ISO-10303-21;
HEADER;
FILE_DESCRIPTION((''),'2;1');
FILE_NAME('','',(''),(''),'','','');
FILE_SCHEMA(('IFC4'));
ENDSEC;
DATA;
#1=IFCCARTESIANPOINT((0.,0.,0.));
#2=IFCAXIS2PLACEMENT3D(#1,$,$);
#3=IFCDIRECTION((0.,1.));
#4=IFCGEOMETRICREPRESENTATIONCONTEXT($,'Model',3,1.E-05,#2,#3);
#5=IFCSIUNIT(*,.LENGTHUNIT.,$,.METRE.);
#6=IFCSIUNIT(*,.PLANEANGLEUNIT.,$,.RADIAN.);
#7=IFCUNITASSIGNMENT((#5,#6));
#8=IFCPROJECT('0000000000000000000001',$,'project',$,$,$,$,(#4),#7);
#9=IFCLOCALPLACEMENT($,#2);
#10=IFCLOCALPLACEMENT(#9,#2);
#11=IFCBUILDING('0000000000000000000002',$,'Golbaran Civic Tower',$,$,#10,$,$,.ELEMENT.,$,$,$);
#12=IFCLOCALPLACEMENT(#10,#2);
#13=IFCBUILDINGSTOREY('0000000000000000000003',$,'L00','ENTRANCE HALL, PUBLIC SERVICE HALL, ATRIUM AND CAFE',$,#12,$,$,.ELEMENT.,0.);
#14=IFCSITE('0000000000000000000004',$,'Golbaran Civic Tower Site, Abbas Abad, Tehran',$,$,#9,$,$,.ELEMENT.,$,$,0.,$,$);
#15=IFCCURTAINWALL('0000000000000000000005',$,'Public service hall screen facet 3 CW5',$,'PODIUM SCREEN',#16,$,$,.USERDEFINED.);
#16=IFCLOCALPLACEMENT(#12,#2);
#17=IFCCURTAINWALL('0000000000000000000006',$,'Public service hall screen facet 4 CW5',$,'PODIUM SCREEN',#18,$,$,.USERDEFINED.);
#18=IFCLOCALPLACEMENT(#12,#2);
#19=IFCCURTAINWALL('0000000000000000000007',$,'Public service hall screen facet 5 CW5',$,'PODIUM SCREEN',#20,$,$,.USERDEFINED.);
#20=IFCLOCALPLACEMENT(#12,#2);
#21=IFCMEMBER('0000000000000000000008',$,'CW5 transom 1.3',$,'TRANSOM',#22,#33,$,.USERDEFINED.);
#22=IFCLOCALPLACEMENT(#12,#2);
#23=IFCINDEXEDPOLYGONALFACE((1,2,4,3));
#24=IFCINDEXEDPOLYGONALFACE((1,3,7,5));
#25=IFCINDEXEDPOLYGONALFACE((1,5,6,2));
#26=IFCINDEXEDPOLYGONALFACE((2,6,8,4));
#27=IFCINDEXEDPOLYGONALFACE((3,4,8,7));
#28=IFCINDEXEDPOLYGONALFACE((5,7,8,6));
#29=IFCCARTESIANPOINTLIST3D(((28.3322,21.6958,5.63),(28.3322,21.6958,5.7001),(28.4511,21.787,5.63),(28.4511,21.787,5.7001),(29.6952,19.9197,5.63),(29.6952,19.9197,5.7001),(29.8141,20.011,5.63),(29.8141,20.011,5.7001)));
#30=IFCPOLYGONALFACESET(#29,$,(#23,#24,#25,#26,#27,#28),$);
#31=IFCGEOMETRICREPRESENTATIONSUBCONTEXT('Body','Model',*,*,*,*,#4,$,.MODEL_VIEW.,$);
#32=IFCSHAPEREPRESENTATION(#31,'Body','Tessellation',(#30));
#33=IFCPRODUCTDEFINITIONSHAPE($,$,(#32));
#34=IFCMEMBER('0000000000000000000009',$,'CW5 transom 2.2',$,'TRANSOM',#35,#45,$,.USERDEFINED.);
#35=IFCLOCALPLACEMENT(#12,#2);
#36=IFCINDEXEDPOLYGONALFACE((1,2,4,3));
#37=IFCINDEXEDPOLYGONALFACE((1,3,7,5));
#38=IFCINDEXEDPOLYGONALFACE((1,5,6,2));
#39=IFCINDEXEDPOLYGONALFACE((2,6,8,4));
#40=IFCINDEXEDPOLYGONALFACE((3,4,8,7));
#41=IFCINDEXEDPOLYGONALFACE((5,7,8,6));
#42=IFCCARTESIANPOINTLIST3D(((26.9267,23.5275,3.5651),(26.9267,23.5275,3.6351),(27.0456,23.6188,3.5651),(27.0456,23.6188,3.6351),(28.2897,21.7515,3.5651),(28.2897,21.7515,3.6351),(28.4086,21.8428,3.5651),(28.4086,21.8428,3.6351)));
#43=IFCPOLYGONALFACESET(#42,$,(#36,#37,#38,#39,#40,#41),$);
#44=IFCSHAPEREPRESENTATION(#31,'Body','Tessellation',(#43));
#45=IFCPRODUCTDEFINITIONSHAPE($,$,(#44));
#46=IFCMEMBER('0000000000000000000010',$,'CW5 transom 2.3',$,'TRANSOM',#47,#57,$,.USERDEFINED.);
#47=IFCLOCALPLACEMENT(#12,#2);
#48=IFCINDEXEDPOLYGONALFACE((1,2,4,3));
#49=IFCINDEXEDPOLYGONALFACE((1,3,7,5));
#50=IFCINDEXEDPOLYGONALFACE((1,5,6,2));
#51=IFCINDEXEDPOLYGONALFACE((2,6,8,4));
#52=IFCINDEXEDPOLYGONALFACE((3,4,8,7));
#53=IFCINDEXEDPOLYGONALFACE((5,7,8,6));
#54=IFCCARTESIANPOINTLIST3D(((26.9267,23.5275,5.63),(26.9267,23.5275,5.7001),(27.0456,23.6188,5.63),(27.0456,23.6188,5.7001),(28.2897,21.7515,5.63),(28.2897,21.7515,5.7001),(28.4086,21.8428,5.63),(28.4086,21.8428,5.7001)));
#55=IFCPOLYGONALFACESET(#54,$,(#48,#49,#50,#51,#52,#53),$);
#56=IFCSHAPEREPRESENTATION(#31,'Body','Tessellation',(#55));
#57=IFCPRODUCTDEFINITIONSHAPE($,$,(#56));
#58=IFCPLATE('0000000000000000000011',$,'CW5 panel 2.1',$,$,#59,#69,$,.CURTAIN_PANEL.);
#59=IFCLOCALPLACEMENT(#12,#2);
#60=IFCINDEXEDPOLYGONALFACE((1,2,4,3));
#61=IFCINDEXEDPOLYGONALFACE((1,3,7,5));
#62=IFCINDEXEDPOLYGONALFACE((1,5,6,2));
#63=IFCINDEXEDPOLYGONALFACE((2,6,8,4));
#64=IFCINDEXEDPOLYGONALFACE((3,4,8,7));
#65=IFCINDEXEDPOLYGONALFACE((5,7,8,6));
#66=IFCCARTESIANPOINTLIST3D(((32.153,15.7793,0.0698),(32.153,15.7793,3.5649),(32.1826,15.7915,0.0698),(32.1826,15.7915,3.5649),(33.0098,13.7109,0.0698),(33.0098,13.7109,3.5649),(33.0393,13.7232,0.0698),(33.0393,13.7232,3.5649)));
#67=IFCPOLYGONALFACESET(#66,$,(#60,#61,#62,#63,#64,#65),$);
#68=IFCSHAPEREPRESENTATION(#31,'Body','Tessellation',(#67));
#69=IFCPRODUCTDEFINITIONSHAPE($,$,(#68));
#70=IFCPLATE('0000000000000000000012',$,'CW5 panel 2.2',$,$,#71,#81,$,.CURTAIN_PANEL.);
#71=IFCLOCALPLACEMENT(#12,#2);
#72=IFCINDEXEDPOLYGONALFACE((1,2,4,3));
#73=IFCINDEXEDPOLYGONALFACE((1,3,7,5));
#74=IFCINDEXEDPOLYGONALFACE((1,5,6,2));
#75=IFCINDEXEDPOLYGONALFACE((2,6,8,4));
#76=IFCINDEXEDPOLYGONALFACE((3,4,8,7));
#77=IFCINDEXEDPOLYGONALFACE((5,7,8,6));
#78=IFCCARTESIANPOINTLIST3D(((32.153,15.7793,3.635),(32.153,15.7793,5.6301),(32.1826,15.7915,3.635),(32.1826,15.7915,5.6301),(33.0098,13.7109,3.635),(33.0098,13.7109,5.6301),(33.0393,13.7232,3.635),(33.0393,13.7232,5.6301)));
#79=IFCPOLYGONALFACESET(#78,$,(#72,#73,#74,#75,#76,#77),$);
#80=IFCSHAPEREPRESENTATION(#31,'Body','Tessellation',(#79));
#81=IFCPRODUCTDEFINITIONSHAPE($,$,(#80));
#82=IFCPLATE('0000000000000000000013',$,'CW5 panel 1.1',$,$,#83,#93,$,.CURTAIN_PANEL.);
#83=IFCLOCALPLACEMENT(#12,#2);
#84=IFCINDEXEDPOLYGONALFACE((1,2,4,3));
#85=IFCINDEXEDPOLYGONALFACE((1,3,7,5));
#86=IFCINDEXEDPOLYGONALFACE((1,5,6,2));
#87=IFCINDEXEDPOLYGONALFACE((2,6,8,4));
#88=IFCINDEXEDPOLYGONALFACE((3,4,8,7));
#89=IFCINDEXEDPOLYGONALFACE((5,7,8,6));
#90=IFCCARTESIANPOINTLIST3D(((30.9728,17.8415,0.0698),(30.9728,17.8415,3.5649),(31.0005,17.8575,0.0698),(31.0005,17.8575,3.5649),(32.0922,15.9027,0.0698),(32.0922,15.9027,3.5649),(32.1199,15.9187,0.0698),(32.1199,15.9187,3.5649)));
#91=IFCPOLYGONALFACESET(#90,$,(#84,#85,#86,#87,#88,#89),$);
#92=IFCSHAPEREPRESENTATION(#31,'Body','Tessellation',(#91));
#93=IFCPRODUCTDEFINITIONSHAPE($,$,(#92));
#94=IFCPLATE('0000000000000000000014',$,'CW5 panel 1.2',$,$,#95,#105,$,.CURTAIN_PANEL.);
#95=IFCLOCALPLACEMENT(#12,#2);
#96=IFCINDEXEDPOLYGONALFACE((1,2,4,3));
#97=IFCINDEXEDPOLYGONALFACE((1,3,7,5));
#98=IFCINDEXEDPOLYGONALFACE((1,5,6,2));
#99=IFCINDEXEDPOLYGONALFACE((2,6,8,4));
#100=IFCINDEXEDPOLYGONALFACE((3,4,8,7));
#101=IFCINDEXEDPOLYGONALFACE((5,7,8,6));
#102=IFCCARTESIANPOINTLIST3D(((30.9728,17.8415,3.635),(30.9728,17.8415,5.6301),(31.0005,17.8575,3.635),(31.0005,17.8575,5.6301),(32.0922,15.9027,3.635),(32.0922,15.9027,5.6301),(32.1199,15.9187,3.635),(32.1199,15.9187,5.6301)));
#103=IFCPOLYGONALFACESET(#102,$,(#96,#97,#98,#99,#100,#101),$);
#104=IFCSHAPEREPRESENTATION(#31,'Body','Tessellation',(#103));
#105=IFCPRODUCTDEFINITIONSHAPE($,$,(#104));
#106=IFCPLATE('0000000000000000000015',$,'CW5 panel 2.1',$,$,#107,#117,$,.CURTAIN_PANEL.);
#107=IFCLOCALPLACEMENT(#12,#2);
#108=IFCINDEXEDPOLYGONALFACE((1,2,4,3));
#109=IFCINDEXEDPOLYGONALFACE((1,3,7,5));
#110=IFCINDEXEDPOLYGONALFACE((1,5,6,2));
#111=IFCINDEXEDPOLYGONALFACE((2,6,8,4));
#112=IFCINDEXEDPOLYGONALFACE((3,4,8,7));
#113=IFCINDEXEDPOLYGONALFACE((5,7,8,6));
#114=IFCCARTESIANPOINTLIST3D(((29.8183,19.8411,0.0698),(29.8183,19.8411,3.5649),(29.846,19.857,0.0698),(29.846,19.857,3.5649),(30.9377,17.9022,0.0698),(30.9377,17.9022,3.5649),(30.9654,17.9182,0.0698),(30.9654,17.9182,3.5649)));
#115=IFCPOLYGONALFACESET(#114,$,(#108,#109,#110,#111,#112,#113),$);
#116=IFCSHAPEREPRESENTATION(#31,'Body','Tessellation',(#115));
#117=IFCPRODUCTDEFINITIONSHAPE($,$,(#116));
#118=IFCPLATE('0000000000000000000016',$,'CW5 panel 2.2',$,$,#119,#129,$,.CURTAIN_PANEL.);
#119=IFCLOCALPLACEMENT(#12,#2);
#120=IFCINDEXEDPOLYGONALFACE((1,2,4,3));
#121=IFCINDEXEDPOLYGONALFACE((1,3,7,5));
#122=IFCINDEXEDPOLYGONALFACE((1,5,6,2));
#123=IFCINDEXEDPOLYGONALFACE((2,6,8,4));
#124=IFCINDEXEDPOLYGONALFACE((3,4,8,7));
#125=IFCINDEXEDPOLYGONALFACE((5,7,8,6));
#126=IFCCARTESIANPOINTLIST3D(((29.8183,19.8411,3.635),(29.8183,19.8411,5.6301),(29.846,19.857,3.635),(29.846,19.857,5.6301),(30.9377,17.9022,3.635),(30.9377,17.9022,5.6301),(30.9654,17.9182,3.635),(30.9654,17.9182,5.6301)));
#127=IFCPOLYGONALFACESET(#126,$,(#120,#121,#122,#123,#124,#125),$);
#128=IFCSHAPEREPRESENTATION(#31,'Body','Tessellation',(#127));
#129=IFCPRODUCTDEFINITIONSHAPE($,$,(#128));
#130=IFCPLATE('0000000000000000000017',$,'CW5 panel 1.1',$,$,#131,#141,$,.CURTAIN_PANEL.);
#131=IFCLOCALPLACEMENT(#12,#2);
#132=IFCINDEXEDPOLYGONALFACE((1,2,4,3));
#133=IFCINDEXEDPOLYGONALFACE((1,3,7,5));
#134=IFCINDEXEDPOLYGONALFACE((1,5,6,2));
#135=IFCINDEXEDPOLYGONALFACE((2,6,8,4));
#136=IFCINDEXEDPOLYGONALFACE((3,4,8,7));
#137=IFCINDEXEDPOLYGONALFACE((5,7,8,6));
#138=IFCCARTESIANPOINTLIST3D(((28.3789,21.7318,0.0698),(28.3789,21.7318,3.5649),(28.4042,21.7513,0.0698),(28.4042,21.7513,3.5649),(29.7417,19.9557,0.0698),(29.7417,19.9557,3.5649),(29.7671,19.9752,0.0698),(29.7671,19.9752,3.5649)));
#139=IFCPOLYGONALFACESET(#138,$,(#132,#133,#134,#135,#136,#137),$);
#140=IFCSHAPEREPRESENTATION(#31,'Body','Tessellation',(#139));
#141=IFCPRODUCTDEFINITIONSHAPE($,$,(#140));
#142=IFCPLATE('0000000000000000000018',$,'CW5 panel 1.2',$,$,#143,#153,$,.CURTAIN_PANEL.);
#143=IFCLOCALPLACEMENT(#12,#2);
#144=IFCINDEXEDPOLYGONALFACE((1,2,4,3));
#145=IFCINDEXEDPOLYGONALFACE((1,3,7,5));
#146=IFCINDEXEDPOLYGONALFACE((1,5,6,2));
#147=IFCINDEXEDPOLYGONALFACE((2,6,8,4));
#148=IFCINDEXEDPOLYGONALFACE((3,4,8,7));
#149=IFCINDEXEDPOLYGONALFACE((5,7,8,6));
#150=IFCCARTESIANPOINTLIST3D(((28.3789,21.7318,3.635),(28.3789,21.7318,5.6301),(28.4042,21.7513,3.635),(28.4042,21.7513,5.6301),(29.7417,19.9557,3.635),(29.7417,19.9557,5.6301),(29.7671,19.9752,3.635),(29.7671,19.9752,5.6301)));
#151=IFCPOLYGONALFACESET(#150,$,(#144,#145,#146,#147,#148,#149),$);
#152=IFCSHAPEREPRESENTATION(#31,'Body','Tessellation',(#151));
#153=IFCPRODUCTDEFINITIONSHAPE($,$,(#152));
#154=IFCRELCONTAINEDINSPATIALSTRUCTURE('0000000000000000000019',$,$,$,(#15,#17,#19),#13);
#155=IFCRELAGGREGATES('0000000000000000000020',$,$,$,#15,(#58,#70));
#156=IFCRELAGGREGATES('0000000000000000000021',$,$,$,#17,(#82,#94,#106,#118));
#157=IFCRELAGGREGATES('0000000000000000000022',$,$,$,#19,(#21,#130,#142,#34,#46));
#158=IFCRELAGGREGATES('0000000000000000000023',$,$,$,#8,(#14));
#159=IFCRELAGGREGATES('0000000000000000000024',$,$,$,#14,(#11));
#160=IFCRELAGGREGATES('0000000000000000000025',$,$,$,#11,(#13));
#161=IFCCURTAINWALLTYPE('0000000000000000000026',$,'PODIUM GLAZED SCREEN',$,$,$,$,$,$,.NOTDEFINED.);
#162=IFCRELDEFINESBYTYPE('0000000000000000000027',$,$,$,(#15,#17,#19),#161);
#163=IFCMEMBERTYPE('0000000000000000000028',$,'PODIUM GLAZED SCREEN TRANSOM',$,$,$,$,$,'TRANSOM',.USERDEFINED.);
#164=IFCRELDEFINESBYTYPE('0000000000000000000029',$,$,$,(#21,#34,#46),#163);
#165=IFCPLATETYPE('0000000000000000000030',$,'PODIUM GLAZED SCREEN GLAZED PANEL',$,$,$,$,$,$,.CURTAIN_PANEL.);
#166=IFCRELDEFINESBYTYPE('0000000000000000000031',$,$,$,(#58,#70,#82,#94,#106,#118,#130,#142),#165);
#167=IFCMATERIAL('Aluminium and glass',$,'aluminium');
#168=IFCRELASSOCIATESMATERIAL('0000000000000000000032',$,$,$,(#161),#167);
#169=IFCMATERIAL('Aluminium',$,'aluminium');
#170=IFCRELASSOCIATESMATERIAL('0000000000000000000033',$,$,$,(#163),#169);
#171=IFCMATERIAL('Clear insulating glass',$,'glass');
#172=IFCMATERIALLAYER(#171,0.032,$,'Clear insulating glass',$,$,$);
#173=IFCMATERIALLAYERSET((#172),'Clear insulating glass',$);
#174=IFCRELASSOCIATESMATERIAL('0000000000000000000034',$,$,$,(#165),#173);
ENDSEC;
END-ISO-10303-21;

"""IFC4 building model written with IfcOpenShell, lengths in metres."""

from ifc_helpers import new_model, si_unit, direction, frame, origin, origin_2d, place, context, subcontext, project, spatial, rectangle, extrude, material, layer, layer_set, material_profile, profile_set, type_object, element, aggregate, save


model = new_model("IFC4")

# Units and contexts
model_context = context("Model", 3, precision=1e-05, world=origin(), true_north=direction((0.0, 1.0)))
body_context = subcontext(model_context, "Body", "Model", "MODEL_VIEW")
ifc_project = project(units=[si_unit("LENGTHUNIT", "METRE"), si_unit("PLANEANGLEUNIT", "RADIAN")], contexts=[model_context])

# Site, building, storey
site_placement = place(None, origin())
site = spatial("IfcSite", under=ifc_project, at=site_placement, Name="Golbaran Civic Tower Site, Abbas Abad, Tehran", CompositionType="ELEMENT", RefElevation=0.0)
building_placement = place(site_placement, origin())
building = spatial("IfcBuilding", under=site, at=building_placement, Name="Golbaran Civic Tower", CompositionType="ELEMENT")
storey_placement = place(building_placement, origin())
storey = spatial("IfcBuildingStorey", under=building, at=storey_placement, Name="L00", Description="ENTRANCE HALL, PUBLIC SERVICE HALL, ATRIUM AND CAFE", CompositionType="ELEMENT", Elevation=0.0)

# Curtain wall
ifc_material_1 = material(Name="Aluminium and glass", Category="aluminium")
curtain_wall_type = type_object("IfcCurtainWallType", Name="PODIUM GLAZED SCREEN", PredefinedType="NOTDEFINED", material=ifc_material_1)
curtain_wall_1_placement = place(storey_placement, origin())
curtain_wall_1 = element("IfcCurtainWall", 1, at=curtain_wall_1_placement, inside=storey, type_object=curtain_wall_type, Name="Public service hall screen facet 3 CW5", ObjectType="PODIUM SCREEN", PredefinedType="USERDEFINED")
ifc_material_2 = material(Name="Aluminium", Category="aluminium")

# Curtain walls
curtain_wall_2_placement = place(storey_placement, origin())
curtain_wall_2 = element("IfcCurtainWall", 2, at=curtain_wall_2_placement, inside=storey, type_object=curtain_wall_type, Name="Public service hall screen facet 4 CW5", ObjectType="PODIUM SCREEN", PredefinedType="USERDEFINED")
curtain_wall_3_placement = place(storey_placement, origin())
curtain_wall_3 = element("IfcCurtainWall", 3, at=curtain_wall_3_placement, inside=storey, type_object=curtain_wall_type, Name="Public service hall screen facet 5 CW5", ObjectType="PODIUM SCREEN", PredefinedType="USERDEFINED")

# Members
ifc_material_profile_1 = material_profile(ifc_material_2, rectangle(XDim=0.1499, YDim=0.0701, at=origin_2d()), Name="PODIUM GLAZED SCREEN TRANSOM")
ifc_profile_set_1 = profile_set([ifc_material_profile_1], Name="Aluminium")
member_type_1 = type_object("IfcMemberType", Name="PODIUM GLAZED SCREEN TRANSOM", ElementType="TRANSOM", PredefinedType="USERDEFINED", material=ifc_profile_set_1)
member_1_placement = place(storey_placement, frame((29.7546, 19.9653, 5.665), z_axis=(-0.608809, 0.793317, 0.0), x_axis=(-0.793317, -0.608809, 0.0)))
member_1 = element("IfcMember", 4, at=member_1_placement, type_object=member_type_1, Name="CW5 transom 1.3", ObjectType="TRANSOM", PredefinedType="USERDEFINED", context=body_context, shape_type="SweptSolid", body=[
    extrude(rectangle(XDim=0.1499, YDim=0.0701, at=origin_2d()), origin(), (0.0, 0.0, 1.0), 2.2388),
])
member_2_placement = place(storey_placement, frame((28.3491, 21.7971, 3.6001), z_axis=(-0.608809, 0.793317, 0.0), x_axis=(-0.793317, -0.608809, 0.0)))
member_2 = element("IfcMember", 5, at=member_2_placement, type_object=member_type_1, Name="CW5 transom 2.2", ObjectType="TRANSOM", PredefinedType="USERDEFINED", context=body_context, shape_type="SweptSolid", body=[
    extrude(rectangle(XDim=0.1499, YDim=0.0701, at=origin_2d()), origin(), (0.0, 0.0, 1.0), 2.2388),
])
member_3_placement = place(storey_placement, frame((28.3491, 21.7971, 5.665), z_axis=(-0.608809, 0.793317, 0.0), x_axis=(-0.793317, -0.608809, 0.0)))
member_3 = element("IfcMember", 6, at=member_3_placement, type_object=member_type_1, Name="CW5 transom 2.3", ObjectType="TRANSOM", PredefinedType="USERDEFINED", context=body_context, shape_type="SweptSolid", body=[
    extrude(rectangle(XDim=0.1499, YDim=0.0701, at=origin_2d()), origin(), (0.0, 0.0, 1.0), 2.2388),
])

# Plates
ifc_material_3 = material(Name="Clear insulating glass", Category="glass")
ifc_layer = layer(ifc_material_3, 0.032, Name="Clear insulating glass")
ifc_layer_set = layer_set([ifc_layer], Name="Clear insulating glass")
plate_type = type_object("IfcPlateType", Name="PODIUM GLAZED SCREEN GLAZED PANEL", PredefinedType="CURTAIN_PANEL", material=ifc_layer_set)
plate_1_placement = place(storey_placement, frame((32.5962, 14.7512, 0.0698), z_axis=(0.0, 0.0, 1.0), x_axis=(-0.382683, 0.92388, 0.0)))
plate_1 = element("IfcPlate", 7, at=plate_1_placement, type_object=plate_type, Name="CW5 panel 2.1", PredefinedType="CURTAIN_PANEL", context=body_context, shape_type="SweptSolid", body=[
    extrude(rectangle(XDim=2.2388, YDim=0.032, at=origin_2d()), origin(), (0.0, 0.0, 1.0), 3.4951),
])
plate_2_placement = place(storey_placement, frame((32.5962, 14.7512, 3.635), z_axis=(0.0, 0.0, 1.0), x_axis=(-0.382683, 0.92388, 0.0)))
plate_2 = element("IfcPlate", 8, at=plate_2_placement, type_object=plate_type, Name="CW5 panel 2.2", PredefinedType="CURTAIN_PANEL", context=body_context, shape_type="SweptSolid", body=[
    extrude(rectangle(XDim=2.2388, YDim=0.032, at=origin_2d()), origin(), (0.0, 0.0, 1.0), 1.9951),
])
aggregate(curtain_wall_1, [plate_1, plate_2])
plate_3_placement = place(storey_placement, frame((31.5464, 16.8801, 0.0698), z_axis=(0.0, 0.0, 1.0), x_axis=(-0.5, 0.866025, 0.0)))
plate_3 = element("IfcPlate", 9, at=plate_3_placement, type_object=plate_type, Name="CW5 panel 1.1", PredefinedType="CURTAIN_PANEL", context=body_context, shape_type="SweptSolid", body=[
    extrude(rectangle(XDim=2.2388, YDim=0.032, at=origin_2d()), origin(), (0.0, 0.0, 1.0), 3.4951),
])
plate_4_placement = place(storey_placement, frame((31.5464, 16.8801, 3.635), z_axis=(0.0, 0.0, 1.0), x_axis=(-0.5, 0.866025, 0.0)))
plate_4 = element("IfcPlate", 10, at=plate_4_placement, type_object=plate_type, Name="CW5 panel 1.2", PredefinedType="CURTAIN_PANEL", context=body_context, shape_type="SweptSolid", body=[
    extrude(rectangle(XDim=2.2388, YDim=0.032, at=origin_2d()), origin(), (0.0, 0.0, 1.0), 1.9951),
])
plate_5_placement = place(storey_placement, frame((30.3918, 18.8796, 0.0698), z_axis=(0.0, 0.0, 1.0), x_axis=(-0.5, 0.866025, 0.0)))
plate_5 = element("IfcPlate", 11, at=plate_5_placement, type_object=plate_type, Name="CW5 panel 2.1", PredefinedType="CURTAIN_PANEL", context=body_context, shape_type="SweptSolid", body=[
    extrude(rectangle(XDim=2.2388, YDim=0.032, at=origin_2d()), origin(), (0.0, 0.0, 1.0), 3.4951),
])
plate_6_placement = place(storey_placement, frame((30.3918, 18.8796, 3.635), z_axis=(0.0, 0.0, 1.0), x_axis=(-0.5, 0.866025, 0.0)))
plate_6 = element("IfcPlate", 12, at=plate_6_placement, type_object=plate_type, Name="CW5 panel 2.2", PredefinedType="CURTAIN_PANEL", context=body_context, shape_type="SweptSolid", body=[
    extrude(rectangle(XDim=2.2388, YDim=0.032, at=origin_2d()), origin(), (0.0, 0.0, 1.0), 1.9951),
])
aggregate(curtain_wall_2, [plate_3, plate_4, plate_5, plate_6])
plate_7_placement = place(storey_placement, frame((29.073, 20.8535, 0.0698), z_axis=(0.0, 0.0, 1.0), x_axis=(-0.608761, 0.793353, 0.0)))
plate_7 = element("IfcPlate", 13, at=plate_7_placement, type_object=plate_type, Name="CW5 panel 1.1", PredefinedType="CURTAIN_PANEL", context=body_context, shape_type="SweptSolid", body=[
    extrude(rectangle(XDim=2.2388, YDim=0.032, at=origin_2d()), origin(), (0.0, 0.0, 1.0), 3.4951),
])
plate_8_placement = place(storey_placement, frame((29.073, 20.8535, 3.635), z_axis=(0.0, 0.0, 1.0), x_axis=(-0.608761, 0.793353, 0.0)))
plate_8 = element("IfcPlate", 14, at=plate_8_placement, type_object=plate_type, Name="CW5 panel 1.2", PredefinedType="CURTAIN_PANEL", context=body_context, shape_type="SweptSolid", body=[
    extrude(rectangle(XDim=2.2388, YDim=0.032, at=origin_2d()), origin(), (0.0, 0.0, 1.0), 1.9951),
])
aggregate(curtain_wall_3, [member_1, plate_7, plate_8, member_2, member_3])

save(model, "model.ifc")
